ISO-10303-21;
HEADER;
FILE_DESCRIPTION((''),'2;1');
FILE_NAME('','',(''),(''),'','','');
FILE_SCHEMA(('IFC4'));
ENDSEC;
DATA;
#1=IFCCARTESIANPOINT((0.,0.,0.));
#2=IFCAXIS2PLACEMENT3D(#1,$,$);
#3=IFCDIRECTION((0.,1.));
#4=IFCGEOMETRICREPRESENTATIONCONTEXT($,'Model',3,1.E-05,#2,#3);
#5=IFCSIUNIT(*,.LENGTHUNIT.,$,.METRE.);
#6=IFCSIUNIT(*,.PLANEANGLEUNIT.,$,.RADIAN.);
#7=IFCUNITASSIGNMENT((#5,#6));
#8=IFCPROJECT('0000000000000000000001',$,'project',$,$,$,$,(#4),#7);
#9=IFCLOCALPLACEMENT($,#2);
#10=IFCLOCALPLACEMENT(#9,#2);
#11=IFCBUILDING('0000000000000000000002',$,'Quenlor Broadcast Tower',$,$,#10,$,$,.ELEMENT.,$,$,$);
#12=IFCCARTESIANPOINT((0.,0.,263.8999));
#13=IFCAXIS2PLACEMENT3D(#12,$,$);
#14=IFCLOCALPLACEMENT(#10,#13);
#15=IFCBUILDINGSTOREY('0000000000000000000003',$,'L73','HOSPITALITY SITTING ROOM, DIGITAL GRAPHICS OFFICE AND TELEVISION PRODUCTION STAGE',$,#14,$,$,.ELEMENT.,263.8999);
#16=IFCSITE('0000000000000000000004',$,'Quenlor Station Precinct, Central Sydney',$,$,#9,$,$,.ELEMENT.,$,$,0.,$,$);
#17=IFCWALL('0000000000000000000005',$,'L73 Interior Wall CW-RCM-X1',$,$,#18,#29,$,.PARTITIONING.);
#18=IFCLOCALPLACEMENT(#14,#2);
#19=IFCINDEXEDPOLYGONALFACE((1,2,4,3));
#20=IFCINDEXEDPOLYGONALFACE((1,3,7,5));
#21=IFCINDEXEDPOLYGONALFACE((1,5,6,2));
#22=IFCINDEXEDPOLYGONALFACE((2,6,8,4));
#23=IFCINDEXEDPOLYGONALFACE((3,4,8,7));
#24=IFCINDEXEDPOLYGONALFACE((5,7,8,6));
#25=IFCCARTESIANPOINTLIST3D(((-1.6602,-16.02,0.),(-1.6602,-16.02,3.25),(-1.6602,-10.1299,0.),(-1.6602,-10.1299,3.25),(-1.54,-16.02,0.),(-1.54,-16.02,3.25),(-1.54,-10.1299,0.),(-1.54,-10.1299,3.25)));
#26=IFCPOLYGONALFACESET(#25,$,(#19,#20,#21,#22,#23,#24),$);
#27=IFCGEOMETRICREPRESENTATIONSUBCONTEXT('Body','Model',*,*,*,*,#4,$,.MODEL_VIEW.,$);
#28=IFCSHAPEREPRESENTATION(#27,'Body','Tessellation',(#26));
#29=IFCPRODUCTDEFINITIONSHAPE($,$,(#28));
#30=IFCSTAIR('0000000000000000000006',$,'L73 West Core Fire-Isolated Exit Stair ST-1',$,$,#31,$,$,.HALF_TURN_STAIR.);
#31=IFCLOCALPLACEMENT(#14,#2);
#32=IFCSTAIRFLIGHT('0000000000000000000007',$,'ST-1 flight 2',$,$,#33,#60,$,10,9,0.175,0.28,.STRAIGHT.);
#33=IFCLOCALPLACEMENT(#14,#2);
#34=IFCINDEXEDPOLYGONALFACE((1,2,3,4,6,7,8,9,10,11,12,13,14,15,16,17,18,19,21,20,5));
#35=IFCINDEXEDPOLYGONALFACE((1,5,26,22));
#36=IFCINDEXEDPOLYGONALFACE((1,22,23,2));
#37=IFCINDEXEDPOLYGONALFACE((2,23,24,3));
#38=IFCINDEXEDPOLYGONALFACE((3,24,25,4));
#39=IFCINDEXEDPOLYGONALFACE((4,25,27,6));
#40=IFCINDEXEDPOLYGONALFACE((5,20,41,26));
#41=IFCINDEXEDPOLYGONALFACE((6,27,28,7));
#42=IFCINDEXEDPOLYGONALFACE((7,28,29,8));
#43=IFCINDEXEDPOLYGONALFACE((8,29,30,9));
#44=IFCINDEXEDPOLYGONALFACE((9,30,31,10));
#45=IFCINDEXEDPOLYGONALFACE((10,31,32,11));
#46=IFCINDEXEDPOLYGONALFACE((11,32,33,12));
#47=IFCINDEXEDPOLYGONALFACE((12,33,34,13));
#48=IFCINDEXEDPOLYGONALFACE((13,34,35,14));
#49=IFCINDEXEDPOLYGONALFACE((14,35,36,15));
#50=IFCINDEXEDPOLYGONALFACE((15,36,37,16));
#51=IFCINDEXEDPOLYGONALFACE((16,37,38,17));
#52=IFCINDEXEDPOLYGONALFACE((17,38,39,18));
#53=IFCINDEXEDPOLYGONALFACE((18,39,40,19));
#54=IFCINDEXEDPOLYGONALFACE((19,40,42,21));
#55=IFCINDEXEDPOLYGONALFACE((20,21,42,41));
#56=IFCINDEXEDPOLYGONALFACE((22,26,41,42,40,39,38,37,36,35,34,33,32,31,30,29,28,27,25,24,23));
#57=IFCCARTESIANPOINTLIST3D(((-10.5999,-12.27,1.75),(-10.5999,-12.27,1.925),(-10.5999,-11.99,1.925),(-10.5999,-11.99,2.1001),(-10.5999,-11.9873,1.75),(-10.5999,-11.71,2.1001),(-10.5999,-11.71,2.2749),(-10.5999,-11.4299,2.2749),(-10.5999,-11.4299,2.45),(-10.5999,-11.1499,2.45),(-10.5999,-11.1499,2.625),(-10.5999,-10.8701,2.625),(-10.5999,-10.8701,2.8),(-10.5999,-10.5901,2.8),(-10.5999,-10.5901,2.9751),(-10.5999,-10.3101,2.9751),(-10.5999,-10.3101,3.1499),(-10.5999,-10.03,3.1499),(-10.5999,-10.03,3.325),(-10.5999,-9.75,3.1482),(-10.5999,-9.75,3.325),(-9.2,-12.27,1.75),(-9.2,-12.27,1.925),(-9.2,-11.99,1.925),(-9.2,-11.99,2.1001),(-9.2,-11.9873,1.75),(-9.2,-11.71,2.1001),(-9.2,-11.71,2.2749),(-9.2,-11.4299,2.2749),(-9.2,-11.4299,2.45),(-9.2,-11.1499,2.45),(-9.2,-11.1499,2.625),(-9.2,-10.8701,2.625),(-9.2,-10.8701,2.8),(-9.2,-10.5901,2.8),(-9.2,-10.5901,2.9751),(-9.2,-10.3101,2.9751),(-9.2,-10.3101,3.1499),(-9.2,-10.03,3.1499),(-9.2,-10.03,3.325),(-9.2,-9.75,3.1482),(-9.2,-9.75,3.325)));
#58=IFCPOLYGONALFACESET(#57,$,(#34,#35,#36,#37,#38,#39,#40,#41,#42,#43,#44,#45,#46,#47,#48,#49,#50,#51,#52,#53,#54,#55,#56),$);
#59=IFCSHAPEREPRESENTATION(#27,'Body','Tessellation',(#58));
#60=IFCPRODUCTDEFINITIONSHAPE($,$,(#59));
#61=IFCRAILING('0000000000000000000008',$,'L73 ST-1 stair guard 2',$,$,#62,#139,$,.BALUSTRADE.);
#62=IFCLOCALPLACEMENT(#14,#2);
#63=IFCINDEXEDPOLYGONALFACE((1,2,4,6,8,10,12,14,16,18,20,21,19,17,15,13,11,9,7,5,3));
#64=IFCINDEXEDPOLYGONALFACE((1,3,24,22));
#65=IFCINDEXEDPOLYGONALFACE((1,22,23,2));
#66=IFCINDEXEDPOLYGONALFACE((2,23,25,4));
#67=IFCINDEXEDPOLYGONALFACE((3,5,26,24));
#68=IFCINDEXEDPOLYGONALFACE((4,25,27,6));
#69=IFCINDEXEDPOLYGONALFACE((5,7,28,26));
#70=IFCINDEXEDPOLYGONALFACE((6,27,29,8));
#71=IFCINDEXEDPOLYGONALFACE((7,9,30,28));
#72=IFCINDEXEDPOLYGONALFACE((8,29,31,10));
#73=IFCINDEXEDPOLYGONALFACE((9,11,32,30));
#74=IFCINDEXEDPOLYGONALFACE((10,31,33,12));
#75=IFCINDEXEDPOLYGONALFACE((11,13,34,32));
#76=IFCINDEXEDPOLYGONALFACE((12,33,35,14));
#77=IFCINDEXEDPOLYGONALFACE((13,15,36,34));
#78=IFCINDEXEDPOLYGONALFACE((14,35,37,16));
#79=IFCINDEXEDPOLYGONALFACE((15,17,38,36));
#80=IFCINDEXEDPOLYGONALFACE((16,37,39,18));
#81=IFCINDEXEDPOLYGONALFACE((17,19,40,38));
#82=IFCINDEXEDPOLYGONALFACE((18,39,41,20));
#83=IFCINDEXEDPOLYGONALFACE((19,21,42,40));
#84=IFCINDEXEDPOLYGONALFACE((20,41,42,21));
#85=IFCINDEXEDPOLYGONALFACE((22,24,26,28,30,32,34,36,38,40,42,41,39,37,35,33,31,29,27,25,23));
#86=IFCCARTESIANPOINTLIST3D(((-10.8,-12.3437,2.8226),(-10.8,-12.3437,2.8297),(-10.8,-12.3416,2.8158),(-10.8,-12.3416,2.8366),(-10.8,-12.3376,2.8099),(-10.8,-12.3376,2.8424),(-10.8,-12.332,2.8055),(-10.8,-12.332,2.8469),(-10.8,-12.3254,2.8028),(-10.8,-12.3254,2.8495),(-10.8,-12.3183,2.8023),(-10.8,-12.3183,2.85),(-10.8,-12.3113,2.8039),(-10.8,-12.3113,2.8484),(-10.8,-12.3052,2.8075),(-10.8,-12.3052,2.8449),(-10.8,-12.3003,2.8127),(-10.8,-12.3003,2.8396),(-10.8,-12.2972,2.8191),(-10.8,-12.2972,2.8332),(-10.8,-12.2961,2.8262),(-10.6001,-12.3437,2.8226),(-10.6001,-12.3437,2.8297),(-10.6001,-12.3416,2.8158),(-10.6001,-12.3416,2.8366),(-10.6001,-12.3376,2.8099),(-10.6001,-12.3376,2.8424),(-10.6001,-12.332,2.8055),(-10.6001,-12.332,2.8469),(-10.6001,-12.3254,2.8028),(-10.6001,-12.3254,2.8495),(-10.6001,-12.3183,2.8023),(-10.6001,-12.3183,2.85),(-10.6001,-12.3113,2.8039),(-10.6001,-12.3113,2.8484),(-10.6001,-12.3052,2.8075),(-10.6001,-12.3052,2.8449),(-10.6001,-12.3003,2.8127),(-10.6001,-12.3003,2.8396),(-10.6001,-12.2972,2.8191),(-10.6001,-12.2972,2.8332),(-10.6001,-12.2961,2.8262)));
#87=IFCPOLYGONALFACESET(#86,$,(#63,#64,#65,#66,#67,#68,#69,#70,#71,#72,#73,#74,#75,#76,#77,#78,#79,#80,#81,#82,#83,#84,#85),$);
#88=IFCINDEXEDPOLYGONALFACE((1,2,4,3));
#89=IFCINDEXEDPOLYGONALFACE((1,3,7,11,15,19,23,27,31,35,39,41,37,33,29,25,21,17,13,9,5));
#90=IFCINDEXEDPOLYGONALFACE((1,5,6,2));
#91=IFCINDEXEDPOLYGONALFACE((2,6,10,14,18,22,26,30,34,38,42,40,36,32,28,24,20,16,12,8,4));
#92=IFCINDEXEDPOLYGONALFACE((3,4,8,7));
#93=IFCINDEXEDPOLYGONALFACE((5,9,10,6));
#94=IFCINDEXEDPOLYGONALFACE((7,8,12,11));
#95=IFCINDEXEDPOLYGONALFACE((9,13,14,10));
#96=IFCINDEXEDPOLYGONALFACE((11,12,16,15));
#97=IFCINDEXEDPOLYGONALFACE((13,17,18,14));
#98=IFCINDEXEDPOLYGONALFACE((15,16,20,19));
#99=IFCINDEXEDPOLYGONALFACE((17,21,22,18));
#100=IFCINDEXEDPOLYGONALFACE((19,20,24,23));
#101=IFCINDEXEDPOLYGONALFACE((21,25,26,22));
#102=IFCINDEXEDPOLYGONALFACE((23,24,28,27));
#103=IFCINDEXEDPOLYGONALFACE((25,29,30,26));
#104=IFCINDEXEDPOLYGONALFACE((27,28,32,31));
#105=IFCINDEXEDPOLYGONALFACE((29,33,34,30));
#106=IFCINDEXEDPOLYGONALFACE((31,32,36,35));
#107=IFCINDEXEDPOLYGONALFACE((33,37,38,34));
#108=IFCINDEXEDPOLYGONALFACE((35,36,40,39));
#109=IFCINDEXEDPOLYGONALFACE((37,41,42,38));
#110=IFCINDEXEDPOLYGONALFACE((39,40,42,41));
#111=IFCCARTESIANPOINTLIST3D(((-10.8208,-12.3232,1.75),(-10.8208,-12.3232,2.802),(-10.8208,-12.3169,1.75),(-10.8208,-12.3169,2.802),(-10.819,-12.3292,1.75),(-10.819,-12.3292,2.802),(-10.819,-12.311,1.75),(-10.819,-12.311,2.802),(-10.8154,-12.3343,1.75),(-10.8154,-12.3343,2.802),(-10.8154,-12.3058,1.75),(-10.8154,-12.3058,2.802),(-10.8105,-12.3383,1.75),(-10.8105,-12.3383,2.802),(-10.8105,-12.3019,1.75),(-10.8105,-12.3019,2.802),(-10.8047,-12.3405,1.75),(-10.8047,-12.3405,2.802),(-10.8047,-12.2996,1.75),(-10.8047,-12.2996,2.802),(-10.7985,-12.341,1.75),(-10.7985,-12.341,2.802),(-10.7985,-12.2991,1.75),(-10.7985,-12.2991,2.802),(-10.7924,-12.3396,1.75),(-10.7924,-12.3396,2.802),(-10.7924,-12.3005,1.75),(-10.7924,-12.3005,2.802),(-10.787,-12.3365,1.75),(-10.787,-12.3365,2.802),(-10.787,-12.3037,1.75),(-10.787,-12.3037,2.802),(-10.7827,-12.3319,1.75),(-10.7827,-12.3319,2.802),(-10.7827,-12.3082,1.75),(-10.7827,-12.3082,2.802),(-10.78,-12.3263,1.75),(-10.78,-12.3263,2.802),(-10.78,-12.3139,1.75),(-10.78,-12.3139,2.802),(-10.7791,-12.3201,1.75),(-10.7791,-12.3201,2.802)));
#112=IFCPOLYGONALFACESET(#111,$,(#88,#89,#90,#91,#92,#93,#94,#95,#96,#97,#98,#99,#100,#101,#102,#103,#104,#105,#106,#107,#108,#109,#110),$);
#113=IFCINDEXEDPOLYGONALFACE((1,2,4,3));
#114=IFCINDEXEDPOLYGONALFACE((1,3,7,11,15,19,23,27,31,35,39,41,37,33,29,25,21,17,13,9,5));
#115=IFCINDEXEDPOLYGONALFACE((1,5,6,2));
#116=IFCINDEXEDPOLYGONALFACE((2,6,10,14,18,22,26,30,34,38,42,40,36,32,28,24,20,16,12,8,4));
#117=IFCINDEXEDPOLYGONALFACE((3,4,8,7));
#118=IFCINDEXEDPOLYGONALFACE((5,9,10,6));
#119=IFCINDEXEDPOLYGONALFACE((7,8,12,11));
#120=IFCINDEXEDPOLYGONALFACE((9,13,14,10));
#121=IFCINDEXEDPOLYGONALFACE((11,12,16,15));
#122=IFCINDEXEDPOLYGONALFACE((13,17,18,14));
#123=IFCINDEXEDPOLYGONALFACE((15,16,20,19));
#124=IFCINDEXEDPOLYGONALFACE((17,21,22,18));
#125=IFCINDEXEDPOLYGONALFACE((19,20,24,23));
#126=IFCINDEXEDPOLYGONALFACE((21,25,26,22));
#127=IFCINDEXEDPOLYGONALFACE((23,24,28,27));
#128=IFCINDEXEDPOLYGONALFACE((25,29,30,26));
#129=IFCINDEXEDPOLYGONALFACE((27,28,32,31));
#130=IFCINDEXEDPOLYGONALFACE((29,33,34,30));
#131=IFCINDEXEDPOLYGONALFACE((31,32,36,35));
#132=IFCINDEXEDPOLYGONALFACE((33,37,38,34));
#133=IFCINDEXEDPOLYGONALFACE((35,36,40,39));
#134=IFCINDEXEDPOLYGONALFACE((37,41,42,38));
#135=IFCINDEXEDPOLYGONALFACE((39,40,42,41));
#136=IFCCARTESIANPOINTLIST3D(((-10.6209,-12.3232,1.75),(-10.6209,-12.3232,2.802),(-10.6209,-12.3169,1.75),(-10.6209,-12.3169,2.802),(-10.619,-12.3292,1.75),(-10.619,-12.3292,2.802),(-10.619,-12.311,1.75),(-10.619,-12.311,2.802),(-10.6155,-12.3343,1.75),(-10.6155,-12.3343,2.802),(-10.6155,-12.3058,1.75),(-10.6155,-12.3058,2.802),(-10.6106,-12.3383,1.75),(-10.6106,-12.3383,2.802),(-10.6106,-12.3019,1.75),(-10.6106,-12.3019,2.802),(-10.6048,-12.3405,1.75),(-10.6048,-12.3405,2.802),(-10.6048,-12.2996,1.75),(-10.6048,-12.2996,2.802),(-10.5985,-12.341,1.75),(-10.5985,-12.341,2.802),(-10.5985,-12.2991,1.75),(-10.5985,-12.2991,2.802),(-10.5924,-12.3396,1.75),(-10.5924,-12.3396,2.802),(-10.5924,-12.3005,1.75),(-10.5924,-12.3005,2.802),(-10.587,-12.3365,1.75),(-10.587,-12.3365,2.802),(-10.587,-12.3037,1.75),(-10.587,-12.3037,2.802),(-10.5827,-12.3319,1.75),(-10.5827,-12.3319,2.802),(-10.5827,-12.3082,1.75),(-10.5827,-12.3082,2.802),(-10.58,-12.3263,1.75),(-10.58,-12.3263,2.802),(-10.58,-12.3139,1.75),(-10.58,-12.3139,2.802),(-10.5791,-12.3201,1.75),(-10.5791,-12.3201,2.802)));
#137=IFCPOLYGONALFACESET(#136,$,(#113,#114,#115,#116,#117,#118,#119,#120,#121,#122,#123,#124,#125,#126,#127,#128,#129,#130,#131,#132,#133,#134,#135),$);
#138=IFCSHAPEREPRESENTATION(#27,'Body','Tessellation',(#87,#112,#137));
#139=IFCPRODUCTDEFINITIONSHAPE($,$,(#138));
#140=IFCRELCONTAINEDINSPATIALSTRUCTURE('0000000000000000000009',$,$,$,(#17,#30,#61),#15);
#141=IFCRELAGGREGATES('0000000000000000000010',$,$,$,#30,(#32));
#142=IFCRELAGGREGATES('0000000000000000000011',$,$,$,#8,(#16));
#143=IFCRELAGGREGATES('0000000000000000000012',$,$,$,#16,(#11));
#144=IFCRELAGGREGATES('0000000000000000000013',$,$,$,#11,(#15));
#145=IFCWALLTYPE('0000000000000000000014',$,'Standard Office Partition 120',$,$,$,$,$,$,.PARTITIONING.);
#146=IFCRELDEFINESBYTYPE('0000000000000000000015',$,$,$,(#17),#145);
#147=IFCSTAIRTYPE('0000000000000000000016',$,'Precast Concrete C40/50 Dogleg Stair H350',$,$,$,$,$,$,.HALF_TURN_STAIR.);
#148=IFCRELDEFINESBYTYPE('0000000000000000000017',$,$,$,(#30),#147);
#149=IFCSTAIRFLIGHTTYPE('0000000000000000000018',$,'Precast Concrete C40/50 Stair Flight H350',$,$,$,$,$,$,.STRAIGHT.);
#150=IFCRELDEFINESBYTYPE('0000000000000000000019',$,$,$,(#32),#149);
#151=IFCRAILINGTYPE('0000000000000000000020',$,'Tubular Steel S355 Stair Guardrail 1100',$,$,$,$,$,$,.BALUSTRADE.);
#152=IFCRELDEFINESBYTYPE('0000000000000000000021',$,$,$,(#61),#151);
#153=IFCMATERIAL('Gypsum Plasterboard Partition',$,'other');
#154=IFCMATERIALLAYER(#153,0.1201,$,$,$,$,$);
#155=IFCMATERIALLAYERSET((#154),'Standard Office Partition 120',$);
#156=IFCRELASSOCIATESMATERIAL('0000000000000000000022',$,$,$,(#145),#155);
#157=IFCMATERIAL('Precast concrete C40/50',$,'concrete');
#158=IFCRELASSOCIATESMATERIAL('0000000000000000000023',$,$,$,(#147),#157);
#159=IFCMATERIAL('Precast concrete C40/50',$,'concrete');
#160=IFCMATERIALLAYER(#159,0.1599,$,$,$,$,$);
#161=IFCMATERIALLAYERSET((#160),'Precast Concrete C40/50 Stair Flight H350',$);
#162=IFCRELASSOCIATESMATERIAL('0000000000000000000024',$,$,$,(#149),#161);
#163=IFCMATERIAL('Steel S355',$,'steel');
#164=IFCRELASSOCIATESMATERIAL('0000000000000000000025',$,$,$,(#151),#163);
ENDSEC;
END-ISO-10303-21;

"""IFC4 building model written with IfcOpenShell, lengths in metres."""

from ifc_helpers import new_model, si_unit, direction, frame, frame_2d, origin, origin_2d, place, context, subcontext, project, spatial, polyline, rectangle, circle, outline, extrude, material, layer, layer_set, type_object, element, aggregate, save


model = new_model("IFC4")

# Units and contexts
model_context = context("Model", 3, precision=1e-05, world=origin(), true_north=direction((0.0, 1.0)))
body_context = subcontext(model_context, "Body", "Model", "MODEL_VIEW")
ifc_project = project(units=[si_unit("LENGTHUNIT", "METRE"), si_unit("PLANEANGLEUNIT", "RADIAN")], contexts=[model_context])

# Site, building, storey
site_placement = place(None, origin())
site = spatial("IfcSite", under=ifc_project, at=site_placement, Name="Quenlor Station Precinct, Central Sydney", CompositionType="ELEMENT", RefElevation=0.0)
building_placement = place(site_placement, origin())
building = spatial("IfcBuilding", under=site, at=building_placement, Name="Quenlor Broadcast Tower", CompositionType="ELEMENT")
storey_placement = place(building_placement, frame((0.0, 0.0, 263.8999)))
storey = spatial("IfcBuildingStorey", under=building, at=storey_placement, Name="L73", Description="HOSPITALITY SITTING ROOM, DIGITAL GRAPHICS OFFICE AND TELEVISION PRODUCTION STAGE", CompositionType="ELEMENT", Elevation=263.8999)

# Wall
ifc_material_1 = material(Name="Gypsum Plasterboard Partition", Category="other")
ifc_layer_1 = layer(ifc_material_1, 0.1201)
ifc_layer_set_1 = layer_set([ifc_layer_1], Name="Standard Office Partition 120")
wall_type_1 = type_object("IfcWallType", Name="Standard Office Partition 120", PredefinedType="PARTITIONING", material=ifc_layer_set_1)
wall_1_placement = place(storey_placement, frame((-1.6001, -16.02, 0.0), z_axis=(0.0, 0.0, 1.0), x_axis=(0.0, 1.0, 0.0)))
element("IfcWall", 1, at=wall_1_placement, inside=storey, type_object=wall_type_1, Name="L73 Interior Wall CW-RCM-X1", PredefinedType="PARTITIONING", context=body_context, shape_type="SweptSolid", body=[
    extrude(rectangle(XDim=5.8901, YDim=0.1201, at=frame_2d((2.9451, 0.0))), origin(), (0.0, 0.0, 1.0), 3.25),
])

# Stair, stair flight
ifc_material_2 = material(Name="Precast concrete C40/50", Category="concrete")
stair_type = type_object("IfcStairType", Name="Precast Concrete C40/50 Dogleg Stair H350", PredefinedType="HALF_TURN_STAIR", material=ifc_material_2)
stair_placement = place(storey_placement, origin())
stair = element("IfcStair", 2, at=stair_placement, inside=storey, type_object=stair_type, Name="L73 West Core Fire-Isolated Exit Stair ST-1", PredefinedType="HALF_TURN_STAIR")
ifc_material_3 = material(Name="Precast concrete C40/50", Category="concrete")
ifc_layer_2 = layer(ifc_material_3, 0.1599)
ifc_layer_set_2 = layer_set([ifc_layer_2], Name="Precast Concrete C40/50 Stair Flight H350")
stair_flight_type = type_object("IfcStairFlightType", Name="Precast Concrete C40/50 Stair Flight H350", PredefinedType="STRAIGHT", material=ifc_layer_set_2)
stair_flight_placement = place(storey_placement, frame((-9.8999, -12.27, 1.75), z_axis=(0.0, 0.0, 1.0), x_axis=(0.0, 1.0, 0.0)))
stair_flight = element("IfcStairFlight", 3, at=stair_flight_placement, type_object=stair_flight_type, Name="ST-1 flight 2", NumberOfRisers=10, NumberOfTreads=9, PredefinedType="STRAIGHT", RiserHeight=0.175, TreadLength=0.28, context=body_context, shape_type="SweptSolid", body=[
    extrude(outline(polyline([(0.0, 0.0), (0.0, 0.175), (0.28, 0.175), (0.28, 0.3501), (0.5601, 0.3501), (0.5601, 0.5249), (0.8401, 0.5249), (0.8401, 0.7), (1.1201, 0.7), (1.1201, 0.875), (1.3999, 0.875), (1.3999, 1.05), (1.6799, 1.05), (1.6799, 1.2251), (1.96, 1.2251), (1.96, 1.3999), (2.24, 1.3999), (2.24, 1.575), (2.52, 1.575), (2.52, 1.75), (2.52, 1.3982), (0.2827, 0.0), (0.0, 0.0)])), frame((0.0, 0.7, 0.0), z_axis=(0.0, -1.0, 0.0), x_axis=(1.0, 0.0, 0.0)), (0.0, 0.0, 1.0), 1.3999),
])
aggregate(stair, [stair_flight])

# Railing
ifc_material_4 = material(Name="Steel S355", Category="steel")
railing_type = type_object("IfcRailingType", Name="Tubular Steel S355 Stair Guardrail 1100", PredefinedType="BALUSTRADE", material=ifc_material_4)
railing_1_placement = place(storey_placement, frame((-10.8, -12.3201, 1.75)))
element("IfcRailing", 4, at=railing_1_placement, inside=storey, type_object=railing_type, Name="L73 ST-1 stair guard 2", PredefinedType="BALUSTRADE", context=body_context, shape_type="SweptSolid", body=[
    extrude(circle(Radius=0.0239, at=origin_2d()), frame((0.0, 0.0, 1.0762), z_axis=(1.0, 0.0, 0.0), x_axis=(0.0, 1.0, 0.0)), (0.0, 0.0, 1.0), 0.2),
    extrude(circle(Radius=0.021, at=origin_2d()), origin(), (0.0, 0.0, 1.0), 1.052),
    extrude(circle(Radius=0.021, at=origin_2d()), frame((0.2, 0.0, 0.0)), (0.0, 0.0, 1.0), 1.052),
])

save(model, "model.ifc")
